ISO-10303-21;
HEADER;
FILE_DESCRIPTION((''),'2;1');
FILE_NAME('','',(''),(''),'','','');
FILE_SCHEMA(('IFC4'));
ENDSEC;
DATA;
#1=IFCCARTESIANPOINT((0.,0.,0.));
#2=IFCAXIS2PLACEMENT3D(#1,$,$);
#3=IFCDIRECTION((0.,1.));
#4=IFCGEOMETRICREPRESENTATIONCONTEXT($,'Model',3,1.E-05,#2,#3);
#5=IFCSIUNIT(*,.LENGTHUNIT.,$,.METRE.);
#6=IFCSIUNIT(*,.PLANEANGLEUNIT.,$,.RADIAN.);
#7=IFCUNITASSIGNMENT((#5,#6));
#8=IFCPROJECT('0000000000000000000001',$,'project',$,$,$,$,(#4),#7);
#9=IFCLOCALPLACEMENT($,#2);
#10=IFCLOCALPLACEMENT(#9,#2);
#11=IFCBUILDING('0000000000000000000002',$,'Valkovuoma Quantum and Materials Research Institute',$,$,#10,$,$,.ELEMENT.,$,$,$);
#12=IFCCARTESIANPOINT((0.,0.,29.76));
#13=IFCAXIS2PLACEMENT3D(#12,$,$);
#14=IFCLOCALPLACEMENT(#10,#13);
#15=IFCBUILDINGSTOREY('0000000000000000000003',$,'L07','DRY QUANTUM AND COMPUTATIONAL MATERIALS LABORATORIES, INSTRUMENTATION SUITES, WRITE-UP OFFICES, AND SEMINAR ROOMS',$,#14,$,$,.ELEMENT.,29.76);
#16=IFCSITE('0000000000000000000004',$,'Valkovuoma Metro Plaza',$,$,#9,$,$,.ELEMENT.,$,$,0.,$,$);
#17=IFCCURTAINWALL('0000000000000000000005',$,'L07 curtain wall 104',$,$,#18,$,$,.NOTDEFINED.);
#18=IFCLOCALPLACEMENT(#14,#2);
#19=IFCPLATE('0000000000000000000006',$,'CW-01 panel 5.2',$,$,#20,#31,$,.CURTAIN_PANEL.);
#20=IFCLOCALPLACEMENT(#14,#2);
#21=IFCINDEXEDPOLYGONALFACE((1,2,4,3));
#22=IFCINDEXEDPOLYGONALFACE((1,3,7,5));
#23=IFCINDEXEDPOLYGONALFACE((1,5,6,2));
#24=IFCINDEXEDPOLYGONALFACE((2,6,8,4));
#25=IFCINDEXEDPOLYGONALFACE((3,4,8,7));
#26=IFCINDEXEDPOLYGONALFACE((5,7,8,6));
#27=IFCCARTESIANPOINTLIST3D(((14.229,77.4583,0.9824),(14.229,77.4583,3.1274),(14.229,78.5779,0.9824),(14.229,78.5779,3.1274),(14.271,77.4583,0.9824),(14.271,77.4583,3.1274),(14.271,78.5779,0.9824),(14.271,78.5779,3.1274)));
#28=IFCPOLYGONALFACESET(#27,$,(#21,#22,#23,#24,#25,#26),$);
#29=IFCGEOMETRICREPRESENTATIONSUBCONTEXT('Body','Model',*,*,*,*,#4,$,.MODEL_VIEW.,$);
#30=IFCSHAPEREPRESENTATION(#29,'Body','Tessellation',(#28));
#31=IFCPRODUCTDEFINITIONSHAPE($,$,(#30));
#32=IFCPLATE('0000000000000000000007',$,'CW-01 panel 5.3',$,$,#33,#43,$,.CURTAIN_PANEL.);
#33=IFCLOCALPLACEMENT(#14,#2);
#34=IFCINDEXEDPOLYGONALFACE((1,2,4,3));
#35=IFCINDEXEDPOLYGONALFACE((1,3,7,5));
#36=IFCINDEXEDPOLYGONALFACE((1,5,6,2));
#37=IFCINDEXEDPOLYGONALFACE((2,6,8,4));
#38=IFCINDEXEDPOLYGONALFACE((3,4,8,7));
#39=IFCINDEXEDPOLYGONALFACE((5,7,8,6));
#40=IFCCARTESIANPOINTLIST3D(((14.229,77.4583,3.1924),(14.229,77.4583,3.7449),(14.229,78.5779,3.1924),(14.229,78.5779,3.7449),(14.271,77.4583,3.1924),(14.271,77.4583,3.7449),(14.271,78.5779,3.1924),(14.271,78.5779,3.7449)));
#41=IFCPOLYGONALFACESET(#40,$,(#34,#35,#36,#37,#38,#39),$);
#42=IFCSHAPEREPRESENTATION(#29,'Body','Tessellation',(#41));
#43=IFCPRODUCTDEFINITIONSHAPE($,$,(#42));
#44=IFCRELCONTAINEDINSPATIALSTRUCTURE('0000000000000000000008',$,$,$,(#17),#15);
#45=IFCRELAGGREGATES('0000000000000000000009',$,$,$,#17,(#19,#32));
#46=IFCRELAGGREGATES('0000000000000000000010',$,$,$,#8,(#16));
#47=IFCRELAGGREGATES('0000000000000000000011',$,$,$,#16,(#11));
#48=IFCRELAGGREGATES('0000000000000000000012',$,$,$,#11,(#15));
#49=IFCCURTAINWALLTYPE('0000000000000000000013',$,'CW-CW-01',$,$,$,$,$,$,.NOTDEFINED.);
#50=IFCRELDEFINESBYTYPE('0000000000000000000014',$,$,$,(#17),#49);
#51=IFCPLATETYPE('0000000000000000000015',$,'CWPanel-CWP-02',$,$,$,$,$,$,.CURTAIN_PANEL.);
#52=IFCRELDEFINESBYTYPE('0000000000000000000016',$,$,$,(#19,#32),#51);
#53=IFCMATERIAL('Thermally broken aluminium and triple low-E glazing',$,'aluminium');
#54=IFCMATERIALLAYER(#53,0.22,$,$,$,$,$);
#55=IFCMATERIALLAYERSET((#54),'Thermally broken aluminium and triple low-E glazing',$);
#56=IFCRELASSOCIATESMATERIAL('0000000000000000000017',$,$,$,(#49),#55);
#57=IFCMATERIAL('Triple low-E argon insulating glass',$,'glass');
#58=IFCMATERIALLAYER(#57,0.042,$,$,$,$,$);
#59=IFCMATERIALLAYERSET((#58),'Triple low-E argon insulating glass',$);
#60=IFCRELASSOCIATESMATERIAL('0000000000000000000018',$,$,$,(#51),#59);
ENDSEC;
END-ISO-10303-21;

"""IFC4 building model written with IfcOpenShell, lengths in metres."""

from ifc_helpers import new_model, si_unit, direction, frame, origin, origin_2d, place, context, subcontext, project, spatial, rectangle, extrude, material, layer, layer_set, type_object, element, aggregate, save


model = new_model("IFC4")

# Units and contexts
model_context = context("Model", 3, precision=1e-05, world=origin(), true_north=direction((0.0, 1.0)))
body_context = subcontext(model_context, "Body", "Model", "MODEL_VIEW")
ifc_project = project(units=[si_unit("LENGTHUNIT", "METRE"), si_unit("PLANEANGLEUNIT", "RADIAN")], contexts=[model_context])

# Site, building, storey
site_placement = place(None, origin())
site = spatial("IfcSite", under=ifc_project, at=site_placement, Name="Valkovuoma Metro Plaza", CompositionType="ELEMENT", RefElevation=0.0)
building_placement = place(site_placement, origin())
building = spatial("IfcBuilding", under=site, at=building_placement, Name="Valkovuoma Quantum and Materials Research Institute", CompositionType="ELEMENT")
storey_placement = place(building_placement, frame((0.0, 0.0, 29.76)))
storey = spatial("IfcBuildingStorey", under=building, at=storey_placement, Name="L07", Description="DRY QUANTUM AND COMPUTATIONAL MATERIALS LABORATORIES, INSTRUMENTATION SUITES, WRITE-UP OFFICES, AND SEMINAR ROOMS", CompositionType="ELEMENT", Elevation=29.76)

# Curtain wall
ifc_material_1 = material(Name="Thermally broken aluminium and triple low-E glazing", Category="aluminium")
ifc_layer_1 = layer(ifc_material_1, 0.22)
ifc_layer_set_1 = layer_set([ifc_layer_1], Name="Thermally broken aluminium and triple low-E glazing")
curtain_wall_type = type_object("IfcCurtainWallType", Name="CW-CW-01", PredefinedType="NOTDEFINED", material=ifc_layer_set_1)
curtain_wall_1_placement = place(storey_placement, origin())
curtain_wall_1 = element("IfcCurtainWall", 1, at=curtain_wall_1_placement, inside=storey, type_object=curtain_wall_type, Name="L07 curtain wall 104", PredefinedType="NOTDEFINED")

# Plates
ifc_material_2 = material(Name="Triple low-E argon insulating glass", Category="glass")
ifc_layer_2 = layer(ifc_material_2, 0.042)
ifc_layer_set_2 = layer_set([ifc_layer_2], Name="Triple low-E argon insulating glass")
plate_type = type_object("IfcPlateType", Name="CWPanel-CWP-02", PredefinedType="CURTAIN_PANEL", material=ifc_layer_set_2)
plate_1_placement = place(storey_placement, frame((14.25, 78.0181, 0.9824), z_axis=(0.0, 0.0, 1.0), x_axis=(0.0, 1.0, 0.0)))
plate_1 = element("IfcPlate", 2, at=plate_1_placement, type_object=plate_type, Name="CW-01 panel 5.2", PredefinedType="CURTAIN_PANEL", context=body_context, shape_type="SweptSolid", body=[
    extrude(rectangle(XDim=1.1196, YDim=0.042, at=origin_2d()), origin(), (0.0, 0.0, 1.0), 2.145),
])
plate_2_placement = place(storey_placement, frame((14.25, 78.0181, 3.1924), z_axis=(0.0, 0.0, 1.0), x_axis=(0.0, 1.0, 0.0)))
plate_2 = element("IfcPlate", 3, at=plate_2_placement, type_object=plate_type, Name="CW-01 panel 5.3", PredefinedType="CURTAIN_PANEL", context=body_context, shape_type="SweptSolid", body=[
    extrude(rectangle(XDim=1.1196, YDim=0.042, at=origin_2d()), origin(), (0.0, 0.0, 1.0), 0.5525),
])
aggregate(curtain_wall_1, [plate_1, plate_2])

save(model, "model.ifc")
